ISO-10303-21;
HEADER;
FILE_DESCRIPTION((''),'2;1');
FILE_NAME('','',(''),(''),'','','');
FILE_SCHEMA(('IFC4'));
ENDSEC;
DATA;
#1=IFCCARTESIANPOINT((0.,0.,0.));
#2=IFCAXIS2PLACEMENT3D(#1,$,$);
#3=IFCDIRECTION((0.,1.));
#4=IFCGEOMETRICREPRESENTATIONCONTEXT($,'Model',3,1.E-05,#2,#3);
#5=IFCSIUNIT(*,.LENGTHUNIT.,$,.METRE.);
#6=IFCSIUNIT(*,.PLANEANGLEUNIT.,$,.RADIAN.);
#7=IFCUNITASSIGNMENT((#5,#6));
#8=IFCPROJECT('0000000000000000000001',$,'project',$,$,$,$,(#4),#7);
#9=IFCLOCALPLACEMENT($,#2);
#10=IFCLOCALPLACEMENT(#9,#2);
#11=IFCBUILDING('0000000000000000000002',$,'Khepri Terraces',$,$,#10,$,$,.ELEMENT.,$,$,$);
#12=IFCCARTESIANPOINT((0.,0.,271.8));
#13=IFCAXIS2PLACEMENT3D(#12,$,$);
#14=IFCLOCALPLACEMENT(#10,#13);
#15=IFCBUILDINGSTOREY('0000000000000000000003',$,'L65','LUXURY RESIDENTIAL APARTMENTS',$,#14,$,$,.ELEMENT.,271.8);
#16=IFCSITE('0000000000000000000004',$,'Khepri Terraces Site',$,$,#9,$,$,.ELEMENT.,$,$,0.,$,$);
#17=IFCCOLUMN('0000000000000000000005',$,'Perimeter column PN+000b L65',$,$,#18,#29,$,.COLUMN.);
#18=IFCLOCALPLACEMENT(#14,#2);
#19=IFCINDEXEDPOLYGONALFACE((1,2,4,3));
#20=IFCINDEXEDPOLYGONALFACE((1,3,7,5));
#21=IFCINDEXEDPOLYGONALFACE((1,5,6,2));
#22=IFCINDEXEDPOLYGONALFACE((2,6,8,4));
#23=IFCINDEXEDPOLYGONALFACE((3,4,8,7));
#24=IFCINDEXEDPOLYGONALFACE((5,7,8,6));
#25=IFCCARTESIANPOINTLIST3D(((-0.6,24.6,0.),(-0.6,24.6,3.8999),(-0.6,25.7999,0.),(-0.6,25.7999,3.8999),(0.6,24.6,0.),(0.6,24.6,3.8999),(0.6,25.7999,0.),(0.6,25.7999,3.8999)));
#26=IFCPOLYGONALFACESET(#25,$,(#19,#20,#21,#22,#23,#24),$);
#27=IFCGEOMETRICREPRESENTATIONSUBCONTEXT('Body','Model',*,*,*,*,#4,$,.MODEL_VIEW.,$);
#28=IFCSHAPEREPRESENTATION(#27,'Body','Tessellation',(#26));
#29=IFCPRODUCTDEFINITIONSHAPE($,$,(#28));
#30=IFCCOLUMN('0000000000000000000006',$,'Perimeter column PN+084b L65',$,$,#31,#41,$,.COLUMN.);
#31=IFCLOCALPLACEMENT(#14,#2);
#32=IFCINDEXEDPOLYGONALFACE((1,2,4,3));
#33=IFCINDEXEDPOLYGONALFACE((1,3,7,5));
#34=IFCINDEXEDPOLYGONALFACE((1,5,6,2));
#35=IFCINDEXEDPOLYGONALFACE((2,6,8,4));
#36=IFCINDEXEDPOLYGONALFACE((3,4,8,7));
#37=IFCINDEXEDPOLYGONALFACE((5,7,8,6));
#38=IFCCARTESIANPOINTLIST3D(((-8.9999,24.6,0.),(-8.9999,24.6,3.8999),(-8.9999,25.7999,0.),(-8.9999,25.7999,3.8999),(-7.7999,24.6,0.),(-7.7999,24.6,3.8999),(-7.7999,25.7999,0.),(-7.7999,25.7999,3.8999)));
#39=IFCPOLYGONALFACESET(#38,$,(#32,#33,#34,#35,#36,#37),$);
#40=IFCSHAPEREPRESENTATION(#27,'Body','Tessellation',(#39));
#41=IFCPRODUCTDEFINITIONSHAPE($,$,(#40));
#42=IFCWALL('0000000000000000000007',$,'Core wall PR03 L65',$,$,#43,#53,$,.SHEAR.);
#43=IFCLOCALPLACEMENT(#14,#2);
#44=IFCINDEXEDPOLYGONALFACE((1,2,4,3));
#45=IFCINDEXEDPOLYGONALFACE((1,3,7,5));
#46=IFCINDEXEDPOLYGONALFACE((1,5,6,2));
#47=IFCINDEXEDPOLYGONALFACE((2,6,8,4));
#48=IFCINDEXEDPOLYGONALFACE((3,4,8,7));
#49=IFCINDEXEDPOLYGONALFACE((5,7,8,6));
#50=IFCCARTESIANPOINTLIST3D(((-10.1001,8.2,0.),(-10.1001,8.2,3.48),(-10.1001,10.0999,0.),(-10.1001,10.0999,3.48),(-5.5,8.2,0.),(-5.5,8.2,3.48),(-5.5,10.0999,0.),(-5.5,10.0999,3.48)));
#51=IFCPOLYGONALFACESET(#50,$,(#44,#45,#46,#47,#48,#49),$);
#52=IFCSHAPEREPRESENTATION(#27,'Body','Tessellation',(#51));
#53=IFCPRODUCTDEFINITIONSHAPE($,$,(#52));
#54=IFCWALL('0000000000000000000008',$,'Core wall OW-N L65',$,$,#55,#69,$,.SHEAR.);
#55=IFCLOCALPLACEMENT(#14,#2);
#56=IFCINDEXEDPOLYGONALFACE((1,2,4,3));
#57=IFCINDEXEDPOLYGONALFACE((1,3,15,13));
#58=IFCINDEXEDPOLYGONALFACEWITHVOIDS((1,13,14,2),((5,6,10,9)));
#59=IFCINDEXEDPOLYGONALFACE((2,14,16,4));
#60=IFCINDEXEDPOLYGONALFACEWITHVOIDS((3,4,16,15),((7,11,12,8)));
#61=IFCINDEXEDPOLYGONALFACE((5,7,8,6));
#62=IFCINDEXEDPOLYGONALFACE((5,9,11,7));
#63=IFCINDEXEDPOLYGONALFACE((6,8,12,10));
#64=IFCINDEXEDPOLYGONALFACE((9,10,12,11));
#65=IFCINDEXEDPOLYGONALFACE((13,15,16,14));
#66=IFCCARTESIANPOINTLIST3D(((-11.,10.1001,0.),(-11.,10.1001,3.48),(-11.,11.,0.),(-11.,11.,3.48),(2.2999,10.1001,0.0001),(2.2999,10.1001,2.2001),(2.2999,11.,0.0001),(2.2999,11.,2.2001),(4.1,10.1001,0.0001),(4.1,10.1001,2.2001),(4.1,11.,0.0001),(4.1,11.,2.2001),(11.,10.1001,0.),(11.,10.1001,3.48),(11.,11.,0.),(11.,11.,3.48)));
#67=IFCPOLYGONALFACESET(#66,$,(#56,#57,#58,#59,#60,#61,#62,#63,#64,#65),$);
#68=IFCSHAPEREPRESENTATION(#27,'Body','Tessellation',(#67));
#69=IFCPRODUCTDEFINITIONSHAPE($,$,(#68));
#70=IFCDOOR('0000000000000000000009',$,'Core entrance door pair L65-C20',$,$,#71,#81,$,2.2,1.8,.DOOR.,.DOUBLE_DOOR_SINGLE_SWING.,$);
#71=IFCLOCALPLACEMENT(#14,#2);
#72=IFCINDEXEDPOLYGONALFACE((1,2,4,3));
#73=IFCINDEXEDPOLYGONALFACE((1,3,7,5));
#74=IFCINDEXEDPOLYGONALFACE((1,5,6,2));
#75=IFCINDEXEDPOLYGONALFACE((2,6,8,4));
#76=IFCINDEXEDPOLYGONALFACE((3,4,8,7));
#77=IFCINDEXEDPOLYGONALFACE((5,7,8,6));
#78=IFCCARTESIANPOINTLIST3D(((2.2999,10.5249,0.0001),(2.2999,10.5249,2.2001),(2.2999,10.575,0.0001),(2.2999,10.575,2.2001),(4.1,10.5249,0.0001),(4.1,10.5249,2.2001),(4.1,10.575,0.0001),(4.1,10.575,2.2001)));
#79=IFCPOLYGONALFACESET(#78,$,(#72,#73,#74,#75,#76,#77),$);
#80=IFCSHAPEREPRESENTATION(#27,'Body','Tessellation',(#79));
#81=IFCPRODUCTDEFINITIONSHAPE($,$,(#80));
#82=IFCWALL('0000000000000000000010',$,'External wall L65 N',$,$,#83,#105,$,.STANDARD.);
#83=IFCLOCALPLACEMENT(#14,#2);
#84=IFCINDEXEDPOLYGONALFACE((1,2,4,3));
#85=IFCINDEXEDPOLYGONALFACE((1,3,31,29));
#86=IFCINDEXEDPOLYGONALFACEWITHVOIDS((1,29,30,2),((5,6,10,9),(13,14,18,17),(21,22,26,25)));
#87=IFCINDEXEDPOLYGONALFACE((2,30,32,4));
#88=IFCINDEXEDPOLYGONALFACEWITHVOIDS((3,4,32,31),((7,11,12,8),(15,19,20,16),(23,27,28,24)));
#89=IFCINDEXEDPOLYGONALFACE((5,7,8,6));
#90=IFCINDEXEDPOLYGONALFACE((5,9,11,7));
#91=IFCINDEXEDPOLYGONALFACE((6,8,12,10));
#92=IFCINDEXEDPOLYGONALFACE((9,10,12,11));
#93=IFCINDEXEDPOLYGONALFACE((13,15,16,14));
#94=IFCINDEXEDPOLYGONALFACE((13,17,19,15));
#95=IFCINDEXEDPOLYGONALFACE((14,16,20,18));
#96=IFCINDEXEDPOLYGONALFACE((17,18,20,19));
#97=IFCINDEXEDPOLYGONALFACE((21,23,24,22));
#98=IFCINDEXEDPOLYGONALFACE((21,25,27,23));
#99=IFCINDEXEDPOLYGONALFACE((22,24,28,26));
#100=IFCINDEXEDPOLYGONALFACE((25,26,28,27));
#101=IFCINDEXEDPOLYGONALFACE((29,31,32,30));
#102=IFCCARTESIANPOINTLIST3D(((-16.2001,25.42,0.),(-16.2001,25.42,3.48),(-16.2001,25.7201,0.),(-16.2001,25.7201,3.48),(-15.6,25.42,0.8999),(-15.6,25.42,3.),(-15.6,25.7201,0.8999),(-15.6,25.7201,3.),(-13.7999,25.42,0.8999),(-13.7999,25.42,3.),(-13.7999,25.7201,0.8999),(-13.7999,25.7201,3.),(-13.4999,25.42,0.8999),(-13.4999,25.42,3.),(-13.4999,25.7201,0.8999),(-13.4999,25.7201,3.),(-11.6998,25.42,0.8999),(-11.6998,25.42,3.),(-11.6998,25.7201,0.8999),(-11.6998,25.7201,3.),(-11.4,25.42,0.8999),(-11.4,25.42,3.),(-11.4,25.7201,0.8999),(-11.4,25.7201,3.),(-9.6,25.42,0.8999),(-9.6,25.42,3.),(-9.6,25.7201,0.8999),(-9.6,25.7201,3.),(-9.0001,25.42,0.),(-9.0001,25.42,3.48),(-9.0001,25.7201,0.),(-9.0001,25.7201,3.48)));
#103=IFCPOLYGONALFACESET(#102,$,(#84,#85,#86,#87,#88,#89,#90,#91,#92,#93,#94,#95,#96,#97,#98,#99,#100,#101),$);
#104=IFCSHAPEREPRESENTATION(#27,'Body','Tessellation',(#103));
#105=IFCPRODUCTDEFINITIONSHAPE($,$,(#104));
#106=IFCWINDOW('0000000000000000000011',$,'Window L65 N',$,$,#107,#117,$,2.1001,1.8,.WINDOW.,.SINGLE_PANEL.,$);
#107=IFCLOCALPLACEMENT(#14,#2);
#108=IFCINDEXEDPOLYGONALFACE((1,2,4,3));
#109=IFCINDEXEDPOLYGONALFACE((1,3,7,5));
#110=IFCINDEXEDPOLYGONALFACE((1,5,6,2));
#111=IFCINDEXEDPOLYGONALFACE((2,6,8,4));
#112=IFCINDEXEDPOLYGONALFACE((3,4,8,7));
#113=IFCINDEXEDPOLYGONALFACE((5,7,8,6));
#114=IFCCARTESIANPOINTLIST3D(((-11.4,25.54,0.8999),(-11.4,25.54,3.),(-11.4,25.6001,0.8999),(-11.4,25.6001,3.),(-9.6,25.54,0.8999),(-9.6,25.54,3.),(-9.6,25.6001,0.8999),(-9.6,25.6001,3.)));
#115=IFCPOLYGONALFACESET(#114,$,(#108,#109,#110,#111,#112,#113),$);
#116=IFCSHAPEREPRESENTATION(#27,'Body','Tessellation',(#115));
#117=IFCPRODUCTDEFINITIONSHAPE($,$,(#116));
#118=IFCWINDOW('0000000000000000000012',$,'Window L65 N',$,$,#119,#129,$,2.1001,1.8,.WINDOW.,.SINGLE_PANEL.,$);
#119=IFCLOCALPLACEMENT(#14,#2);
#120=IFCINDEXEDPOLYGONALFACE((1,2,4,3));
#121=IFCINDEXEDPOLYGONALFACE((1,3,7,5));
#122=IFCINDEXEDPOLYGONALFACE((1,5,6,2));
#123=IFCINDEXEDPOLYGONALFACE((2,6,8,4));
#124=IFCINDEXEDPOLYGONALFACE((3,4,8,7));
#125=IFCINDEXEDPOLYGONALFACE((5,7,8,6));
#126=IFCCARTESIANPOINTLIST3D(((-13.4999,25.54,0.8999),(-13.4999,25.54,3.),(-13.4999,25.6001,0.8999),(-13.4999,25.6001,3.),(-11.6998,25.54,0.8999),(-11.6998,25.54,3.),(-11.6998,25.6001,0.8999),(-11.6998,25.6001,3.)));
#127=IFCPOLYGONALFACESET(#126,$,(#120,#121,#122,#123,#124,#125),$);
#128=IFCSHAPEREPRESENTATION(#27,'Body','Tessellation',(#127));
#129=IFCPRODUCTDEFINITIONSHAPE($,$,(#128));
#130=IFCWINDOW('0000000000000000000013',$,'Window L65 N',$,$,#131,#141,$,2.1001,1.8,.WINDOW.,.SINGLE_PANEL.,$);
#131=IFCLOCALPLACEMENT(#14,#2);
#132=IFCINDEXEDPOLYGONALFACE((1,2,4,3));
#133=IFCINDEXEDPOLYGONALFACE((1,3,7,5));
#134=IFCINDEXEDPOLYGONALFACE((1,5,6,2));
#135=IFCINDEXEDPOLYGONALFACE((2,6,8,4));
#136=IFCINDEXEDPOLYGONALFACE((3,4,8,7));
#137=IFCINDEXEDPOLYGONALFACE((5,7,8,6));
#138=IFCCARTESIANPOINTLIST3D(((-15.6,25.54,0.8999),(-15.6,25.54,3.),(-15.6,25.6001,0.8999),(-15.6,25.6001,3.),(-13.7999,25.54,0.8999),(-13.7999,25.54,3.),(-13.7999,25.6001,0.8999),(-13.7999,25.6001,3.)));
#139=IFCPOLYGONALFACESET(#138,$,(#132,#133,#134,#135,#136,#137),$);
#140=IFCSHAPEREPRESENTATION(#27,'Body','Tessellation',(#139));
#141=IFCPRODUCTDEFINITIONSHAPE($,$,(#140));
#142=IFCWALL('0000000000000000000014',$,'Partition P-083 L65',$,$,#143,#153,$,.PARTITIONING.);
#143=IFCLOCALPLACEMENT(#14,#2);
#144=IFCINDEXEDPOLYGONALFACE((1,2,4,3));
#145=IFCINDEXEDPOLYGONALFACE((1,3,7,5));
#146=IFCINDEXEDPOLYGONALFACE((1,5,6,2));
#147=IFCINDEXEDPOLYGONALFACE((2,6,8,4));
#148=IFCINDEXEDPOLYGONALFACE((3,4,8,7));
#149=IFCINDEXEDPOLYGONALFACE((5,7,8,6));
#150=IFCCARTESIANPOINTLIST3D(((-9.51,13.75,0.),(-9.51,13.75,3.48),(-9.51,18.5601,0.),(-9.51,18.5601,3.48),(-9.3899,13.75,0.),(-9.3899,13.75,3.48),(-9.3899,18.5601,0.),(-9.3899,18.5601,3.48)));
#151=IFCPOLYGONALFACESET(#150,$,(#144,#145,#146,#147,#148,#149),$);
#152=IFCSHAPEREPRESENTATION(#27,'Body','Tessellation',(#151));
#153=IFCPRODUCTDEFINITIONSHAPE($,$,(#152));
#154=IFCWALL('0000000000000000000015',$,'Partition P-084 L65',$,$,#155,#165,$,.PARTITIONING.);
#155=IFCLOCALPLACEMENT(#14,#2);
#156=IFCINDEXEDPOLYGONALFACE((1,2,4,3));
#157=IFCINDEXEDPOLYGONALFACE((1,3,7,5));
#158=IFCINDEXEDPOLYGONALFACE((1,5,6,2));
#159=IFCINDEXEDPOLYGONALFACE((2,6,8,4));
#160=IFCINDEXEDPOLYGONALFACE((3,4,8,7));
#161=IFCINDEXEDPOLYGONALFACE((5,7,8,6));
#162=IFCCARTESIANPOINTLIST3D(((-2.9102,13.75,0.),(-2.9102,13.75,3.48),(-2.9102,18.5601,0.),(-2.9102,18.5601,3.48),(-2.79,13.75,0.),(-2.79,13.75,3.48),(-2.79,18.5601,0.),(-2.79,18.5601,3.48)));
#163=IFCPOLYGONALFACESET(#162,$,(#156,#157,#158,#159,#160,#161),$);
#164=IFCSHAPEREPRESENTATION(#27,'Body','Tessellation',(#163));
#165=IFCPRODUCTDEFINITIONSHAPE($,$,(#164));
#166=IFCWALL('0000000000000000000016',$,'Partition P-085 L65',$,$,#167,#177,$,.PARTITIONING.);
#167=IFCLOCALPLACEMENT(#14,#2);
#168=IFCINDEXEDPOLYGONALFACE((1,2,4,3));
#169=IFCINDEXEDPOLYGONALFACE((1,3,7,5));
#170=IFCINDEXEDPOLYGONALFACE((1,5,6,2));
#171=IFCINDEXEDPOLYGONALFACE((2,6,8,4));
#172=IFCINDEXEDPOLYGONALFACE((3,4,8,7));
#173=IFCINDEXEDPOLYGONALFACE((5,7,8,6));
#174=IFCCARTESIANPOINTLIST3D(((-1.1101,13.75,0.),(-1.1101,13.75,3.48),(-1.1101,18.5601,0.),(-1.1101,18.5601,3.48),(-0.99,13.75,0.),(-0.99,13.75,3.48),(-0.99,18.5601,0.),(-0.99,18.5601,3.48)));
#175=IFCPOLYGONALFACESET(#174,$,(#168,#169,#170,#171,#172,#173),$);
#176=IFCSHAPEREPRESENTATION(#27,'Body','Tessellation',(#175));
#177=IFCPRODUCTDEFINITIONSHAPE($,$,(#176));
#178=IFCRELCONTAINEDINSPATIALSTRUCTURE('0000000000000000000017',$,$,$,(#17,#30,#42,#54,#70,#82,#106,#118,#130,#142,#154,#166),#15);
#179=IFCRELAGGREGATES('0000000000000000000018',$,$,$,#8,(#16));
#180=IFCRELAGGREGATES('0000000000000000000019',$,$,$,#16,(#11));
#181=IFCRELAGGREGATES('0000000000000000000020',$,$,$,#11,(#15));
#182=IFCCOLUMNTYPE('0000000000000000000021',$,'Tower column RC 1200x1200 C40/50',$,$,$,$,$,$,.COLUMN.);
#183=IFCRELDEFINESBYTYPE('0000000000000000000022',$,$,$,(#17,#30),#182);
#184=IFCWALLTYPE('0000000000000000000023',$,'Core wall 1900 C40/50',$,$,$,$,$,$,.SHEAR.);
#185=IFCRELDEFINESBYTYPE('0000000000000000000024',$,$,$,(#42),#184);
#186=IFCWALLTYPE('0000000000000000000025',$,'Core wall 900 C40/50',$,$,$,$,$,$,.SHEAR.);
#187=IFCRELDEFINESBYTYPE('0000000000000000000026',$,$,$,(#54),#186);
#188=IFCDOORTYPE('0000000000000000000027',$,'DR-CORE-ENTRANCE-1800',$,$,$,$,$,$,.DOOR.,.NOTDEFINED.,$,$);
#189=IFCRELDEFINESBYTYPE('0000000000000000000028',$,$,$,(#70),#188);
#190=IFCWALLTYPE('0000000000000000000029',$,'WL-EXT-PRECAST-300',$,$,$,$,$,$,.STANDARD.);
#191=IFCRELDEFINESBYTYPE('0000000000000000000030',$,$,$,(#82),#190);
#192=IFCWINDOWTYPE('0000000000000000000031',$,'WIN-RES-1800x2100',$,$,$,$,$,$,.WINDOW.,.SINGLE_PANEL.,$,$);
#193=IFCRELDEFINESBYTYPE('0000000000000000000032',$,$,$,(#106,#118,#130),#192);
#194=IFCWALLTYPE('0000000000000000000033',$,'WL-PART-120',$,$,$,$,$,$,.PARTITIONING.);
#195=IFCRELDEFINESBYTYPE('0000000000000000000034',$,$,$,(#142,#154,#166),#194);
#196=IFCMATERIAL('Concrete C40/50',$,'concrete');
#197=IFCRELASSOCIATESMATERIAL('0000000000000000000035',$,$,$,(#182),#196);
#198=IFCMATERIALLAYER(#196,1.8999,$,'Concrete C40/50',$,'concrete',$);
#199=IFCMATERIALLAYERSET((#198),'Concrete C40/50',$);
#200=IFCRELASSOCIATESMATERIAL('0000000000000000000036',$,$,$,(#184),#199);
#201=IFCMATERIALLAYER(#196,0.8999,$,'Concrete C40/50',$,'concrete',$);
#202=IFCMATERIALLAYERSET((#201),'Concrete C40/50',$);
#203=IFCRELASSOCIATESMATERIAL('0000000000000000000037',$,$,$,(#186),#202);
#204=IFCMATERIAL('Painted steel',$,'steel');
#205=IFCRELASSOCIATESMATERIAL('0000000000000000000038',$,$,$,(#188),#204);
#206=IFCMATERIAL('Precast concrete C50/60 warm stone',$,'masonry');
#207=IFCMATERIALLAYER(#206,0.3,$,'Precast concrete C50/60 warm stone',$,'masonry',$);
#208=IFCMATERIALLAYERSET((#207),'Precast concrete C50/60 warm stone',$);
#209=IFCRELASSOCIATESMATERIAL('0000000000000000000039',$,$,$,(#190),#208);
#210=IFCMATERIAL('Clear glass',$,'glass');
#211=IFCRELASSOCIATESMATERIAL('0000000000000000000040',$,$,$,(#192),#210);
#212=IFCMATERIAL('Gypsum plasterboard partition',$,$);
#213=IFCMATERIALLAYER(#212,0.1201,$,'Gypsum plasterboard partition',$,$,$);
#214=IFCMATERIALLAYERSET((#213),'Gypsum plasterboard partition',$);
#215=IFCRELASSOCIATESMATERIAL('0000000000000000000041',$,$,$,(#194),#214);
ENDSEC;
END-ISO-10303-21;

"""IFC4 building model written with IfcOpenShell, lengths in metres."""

from ifc_helpers import new_model, si_unit, direction, frame, frame_2d, origin, origin_2d, place, context, subcontext, project, spatial, rectangle, extrude, material, layer, layer_set, material_profile, profile_set, type_object, element, fill, save


model = new_model("IFC4")

# Units and contexts
model_context = context("Model", 3, precision=1e-05, world=origin(), true_north=direction((0.0, 1.0)))
body_context = subcontext(model_context, "Body", "Model", "MODEL_VIEW")
ifc_project = project(units=[si_unit("LENGTHUNIT", "METRE"), si_unit("PLANEANGLEUNIT", "RADIAN")], contexts=[model_context])

# Site, building, storey
site_placement = place(None, origin())
site = spatial("IfcSite", under=ifc_project, at=site_placement, Name="Khepri Terraces Site", CompositionType="ELEMENT", RefElevation=0.0)
building_placement = place(site_placement, origin())
building = spatial("IfcBuilding", under=site, at=building_placement, Name="Khepri Terraces", CompositionType="ELEMENT")
storey_placement = place(building_placement, frame((0.0, 0.0, 271.8)))
storey = spatial("IfcBuildingStorey", under=building, at=storey_placement, Name="L65", Description="LUXURY RESIDENTIAL APARTMENTS", CompositionType="ELEMENT", Elevation=271.8)

# Columns
ifc_material_1 = material(Name="Concrete C40/50", Category="concrete")
ifc_material_profile = material_profile(ifc_material_1, rectangle(XDim=1.2, YDim=1.2, at=origin_2d()), Name="Concrete C40/50", Category="concrete")
ifc_profile_set = profile_set([ifc_material_profile], Name="Concrete C40/50")
column_type = type_object("IfcColumnType", Name="Tower column RC 1200x1200 C40/50", PredefinedType="COLUMN", material=ifc_profile_set)
for number, where, z_axis, x_axis, name in (
    (1, (0.0, 25.2, 0.0), (0.0, 0.0, 1.0), (1.0, 0.0, 0.0), "Perimeter column PN+000b L65"),
    (2, (-8.3999, 25.2, 0.0), (0.0, 0.0, 1.0), (1.0, 0.0, 0.0), "Perimeter column PN+084b L65"),
):
    element("IfcColumn", number, at=place(storey_placement, frame(where, z_axis=z_axis, x_axis=x_axis)), inside=storey, type_object=column_type, Name=name, PredefinedType="COLUMN", context=body_context, shape_type="SweptSolid", body=[
        extrude(rectangle(XDim=1.2, YDim=1.2, at=origin_2d()), origin(), (0.0, 0.0, 1.0), 3.8999),
    ])

# Wall
ifc_layer_1 = layer(ifc_material_1, 1.8999, Name="Concrete C40/50", Category="concrete")
ifc_layer_set_1 = layer_set([ifc_layer_1], Name="Concrete C40/50")
wall_type_1 = type_object("IfcWallType", Name="Core wall 1900 C40/50", PredefinedType="SHEAR", material=ifc_layer_set_1)
wall_1_placement = place(storey_placement, frame((-10.1001, 9.1499, 0.0), z_axis=(0.0, 0.0, 1.0), x_axis=(1.0, 0.0, 0.0)))
element("IfcWall", 3, at=wall_1_placement, inside=storey, type_object=wall_type_1, Name="Core wall PR03 L65", PredefinedType="SHEAR", context=body_context, shape_type="SweptSolid", body=[
    extrude(rectangle(XDim=4.6001, YDim=1.8999, at=frame_2d((2.3, 0.0))), origin(), (0.0, 0.0, 1.0), 3.48),
])

# Wall, opening, door
ifc_layer_2 = layer(ifc_material_1, 0.8999, Name="Concrete C40/50", Category="concrete")
ifc_layer_set_2 = layer_set([ifc_layer_2], Name="Concrete C40/50")
wall_type_2 = type_object("IfcWallType", Name="Core wall 900 C40/50", PredefinedType="SHEAR", material=ifc_layer_set_2)
wall_2_placement = place(storey_placement, frame((-11.0, 10.55, 0.0), z_axis=(0.0, 0.0, 1.0), x_axis=(1.0, 0.0, 0.0)))
wall_2 = element("IfcWall", 4, at=wall_2_placement, inside=storey, type_object=wall_type_2, Name="Core wall OW-N L65", PredefinedType="SHEAR", context=body_context, shape_type="SweptSolid", body=[
    extrude(rectangle(XDim=22.0, YDim=0.8999, at=frame_2d((11.0, 0.0))), origin(), (0.0, 0.0, 1.0), 3.48),
])
opening_1_placement = place(wall_2_placement, frame((13.3, 0.0, 0.0)))
opening_1 = element("IfcOpeningElement", 5, at=opening_1_placement, cuts=wall_2, PredefinedType="OPENING", context=body_context, shape_type="SweptSolid", body=[
    extrude(rectangle(XDim=1.8, YDim=2.2, at=frame_2d((0.8999, 1.1001))), frame((0.0, 0.46, 0.0), z_axis=(0.0, -1.0, 0.0), x_axis=(1.0, 0.0, 0.0)), (0.0, 0.0, 1.0), 0.9199),
])
ifc_material_2 = material(Name="Painted steel", Category="steel")
door_type_1 = type_object("IfcDoorType", Name="DR-CORE-ENTRANCE-1800", OperationType="NOTDEFINED", PredefinedType="DOOR", material=ifc_material_2)
door_1_placement = place(opening_1_placement, origin())
door_1 = element("IfcDoor", 6, at=door_1_placement, inside=storey, type_object=door_type_1, Name="Core entrance door pair L65-C20", OperationType="DOUBLE_DOOR_SINGLE_SWING", OverallHeight=2.2, OverallWidth=1.8, PredefinedType="DOOR", context=body_context, shape_type="SweptSolid", body=[
    extrude(rectangle(XDim=1.8, YDim=2.2, at=frame_2d((0.8999, 1.1001))), frame((0.0, 0.0249, 0.0), z_axis=(0.0, -1.0, 0.0), x_axis=(1.0, 0.0, 0.0)), (0.0, 0.0, 1.0), 0.05),
])
fill(opening_1, door_1)

# Shared definitions
ifc_material_3 = material(Name="Precast concrete C50/60 warm stone", Category="masonry")
ifc_layer_3 = layer(ifc_material_3, 0.3, Name="Precast concrete C50/60 warm stone", Category="masonry")
ifc_layer_set_3 = layer_set([ifc_layer_3], Name="Precast concrete C50/60 warm stone")
wall_type_3 = type_object("IfcWallType", Name="WL-EXT-PRECAST-300", PredefinedType="STANDARD", material=ifc_layer_set_3)
ifc_material_4 = material(Name="Clear glass", Category="glass")
window_type = type_object("IfcWindowType", Name="WIN-RES-1800x2100", PartitioningType="SINGLE_PANEL", PredefinedType="WINDOW", material=ifc_material_4)

# Wall, openings, windows
wall_3_placement = place(storey_placement, frame((-9.0, 25.5701, 0.0), z_axis=(0.0, 0.0, 1.0), x_axis=(-1.0, 0.0, 0.0)))
wall_3 = element("IfcWall", 7, at=wall_3_placement, inside=storey, type_object=wall_type_3, Name="External wall L65 N", PredefinedType="STANDARD", context=body_context, shape_type="SweptSolid", body=[
    extrude(rectangle(XDim=7.2, YDim=0.3, at=frame_2d((3.6001, 0.0))), origin(), (0.0, 0.0, 1.0), 3.48),
])
opening_2_placement = place(wall_3_placement, frame((0.6001, 0.0, 0.8999)))
opening_2 = element("IfcOpeningElement", 8, at=opening_2_placement, cuts=wall_3, PredefinedType="OPENING", context=body_context, shape_type="SweptSolid", body=[
    extrude(rectangle(XDim=1.8, YDim=2.1001, at=frame_2d((0.8999, 1.05))), frame((0.0, 0.1602, 0.0), z_axis=(0.0, -1.0, 0.0), x_axis=(1.0, 0.0, 0.0)), (0.0, 0.0, 1.0), 0.3201),
])
opening_3_placement = place(wall_3_placement, frame((2.7, 0.0, 0.8999)))
opening_3 = element("IfcOpeningElement", 9, at=opening_3_placement, cuts=wall_3, PredefinedType="OPENING", context=body_context, shape_type="SweptSolid", body=[
    extrude(rectangle(XDim=1.8, YDim=2.1001, at=frame_2d((0.8999, 1.05))), frame((0.0, 0.1602, 0.0), z_axis=(0.0, -1.0, 0.0), x_axis=(1.0, 0.0, 0.0)), (0.0, 0.0, 1.0), 0.3201),
])
opening_4_placement = place(wall_3_placement, frame((4.8, 0.0, 0.8999)))
opening_4 = element("IfcOpeningElement", 10, at=opening_4_placement, cuts=wall_3, PredefinedType="OPENING", context=body_context, shape_type="SweptSolid", body=[
    extrude(rectangle(XDim=1.8, YDim=2.1001, at=frame_2d((0.8999, 1.05))), frame((0.0, 0.1602, 0.0), z_axis=(0.0, -1.0, 0.0), x_axis=(1.0, 0.0, 0.0)), (0.0, 0.0, 1.0), 0.3201),
])
window_1_placement = place(opening_2_placement, origin())
window_1 = element("IfcWindow", 11, at=window_1_placement, inside=storey, type_object=window_type, Name="Window L65 N", OverallHeight=2.1001, OverallWidth=1.8, PartitioningType="SINGLE_PANEL", PredefinedType="WINDOW", context=body_context, shape_type="SweptSolid", body=[
    extrude(rectangle(XDim=1.8, YDim=2.1001, at=frame_2d((0.8999, 1.05))), frame((0.0, 0.03, 0.0), z_axis=(0.0, -1.0, 0.0), x_axis=(1.0, 0.0, 0.0)), (0.0, 0.0, 1.0), 0.0601),
])
fill(opening_2, window_1)
window_2_placement = place(opening_3_placement, origin())
window_2 = element("IfcWindow", 12, at=window_2_placement, inside=storey, type_object=window_type, Name="Window L65 N", OverallHeight=2.1001, OverallWidth=1.8, PartitioningType="SINGLE_PANEL", PredefinedType="WINDOW", context=body_context, shape_type="SweptSolid", body=[
    extrude(rectangle(XDim=1.8, YDim=2.1001, at=frame_2d((0.8999, 1.05))), frame((0.0, 0.03, 0.0), z_axis=(0.0, -1.0, 0.0), x_axis=(1.0, 0.0, 0.0)), (0.0, 0.0, 1.0), 0.0601),
])
fill(opening_3, window_2)
window_3_placement = place(opening_4_placement, origin())
window_3 = element("IfcWindow", 13, at=window_3_placement, inside=storey, type_object=window_type, Name="Window L65 N", OverallHeight=2.1001, OverallWidth=1.8, PartitioningType="SINGLE_PANEL", PredefinedType="WINDOW", context=body_context, shape_type="SweptSolid", body=[
    extrude(rectangle(XDim=1.8, YDim=2.1001, at=frame_2d((0.8999, 1.05))), frame((0.0, 0.03, 0.0), z_axis=(0.0, -1.0, 0.0), x_axis=(1.0, 0.0, 0.0)), (0.0, 0.0, 1.0), 0.0601),
])
fill(opening_4, window_3)

# Walls
ifc_material_5 = material(Name="Gypsum plasterboard partition")
ifc_layer_4 = layer(ifc_material_5, 0.1201, Name="Gypsum plasterboard partition")
ifc_layer_set_4 = layer_set([ifc_layer_4], Name="Gypsum plasterboard partition")
wall_type_4 = type_object("IfcWallType", Name="WL-PART-120", PredefinedType="PARTITIONING", material=ifc_layer_set_4)
for number, where, z_axis, x_axis, name in (
    (14, (-9.45, 13.75, 0.0), (0.0, 0.0, 1.0), (0.0, 1.0, 0.0), "Partition P-083 L65"),
    (15, (-2.8501, 13.75, 0.0), (0.0, 0.0, 1.0), (0.0, 1.0, 0.0), "Partition P-084 L65"),
    (16, (-1.05, 13.75, 0.0), (0.0, 0.0, 1.0), (0.0, 1.0, 0.0), "Partition P-085 L65"),
):
    element("IfcWall", number, at=place(storey_placement, frame(where, z_axis=z_axis, x_axis=x_axis)), inside=storey, type_object=wall_type_4, Name=name, PredefinedType="PARTITIONING", context=body_context, shape_type="SweptSolid", body=[
        extrude(rectangle(XDim=4.8101, YDim=0.1201, at=frame_2d((2.405, 0.0))), origin(), (0.0, 0.0, 1.0), 3.48),
    ])

save(model, "model.ifc")
